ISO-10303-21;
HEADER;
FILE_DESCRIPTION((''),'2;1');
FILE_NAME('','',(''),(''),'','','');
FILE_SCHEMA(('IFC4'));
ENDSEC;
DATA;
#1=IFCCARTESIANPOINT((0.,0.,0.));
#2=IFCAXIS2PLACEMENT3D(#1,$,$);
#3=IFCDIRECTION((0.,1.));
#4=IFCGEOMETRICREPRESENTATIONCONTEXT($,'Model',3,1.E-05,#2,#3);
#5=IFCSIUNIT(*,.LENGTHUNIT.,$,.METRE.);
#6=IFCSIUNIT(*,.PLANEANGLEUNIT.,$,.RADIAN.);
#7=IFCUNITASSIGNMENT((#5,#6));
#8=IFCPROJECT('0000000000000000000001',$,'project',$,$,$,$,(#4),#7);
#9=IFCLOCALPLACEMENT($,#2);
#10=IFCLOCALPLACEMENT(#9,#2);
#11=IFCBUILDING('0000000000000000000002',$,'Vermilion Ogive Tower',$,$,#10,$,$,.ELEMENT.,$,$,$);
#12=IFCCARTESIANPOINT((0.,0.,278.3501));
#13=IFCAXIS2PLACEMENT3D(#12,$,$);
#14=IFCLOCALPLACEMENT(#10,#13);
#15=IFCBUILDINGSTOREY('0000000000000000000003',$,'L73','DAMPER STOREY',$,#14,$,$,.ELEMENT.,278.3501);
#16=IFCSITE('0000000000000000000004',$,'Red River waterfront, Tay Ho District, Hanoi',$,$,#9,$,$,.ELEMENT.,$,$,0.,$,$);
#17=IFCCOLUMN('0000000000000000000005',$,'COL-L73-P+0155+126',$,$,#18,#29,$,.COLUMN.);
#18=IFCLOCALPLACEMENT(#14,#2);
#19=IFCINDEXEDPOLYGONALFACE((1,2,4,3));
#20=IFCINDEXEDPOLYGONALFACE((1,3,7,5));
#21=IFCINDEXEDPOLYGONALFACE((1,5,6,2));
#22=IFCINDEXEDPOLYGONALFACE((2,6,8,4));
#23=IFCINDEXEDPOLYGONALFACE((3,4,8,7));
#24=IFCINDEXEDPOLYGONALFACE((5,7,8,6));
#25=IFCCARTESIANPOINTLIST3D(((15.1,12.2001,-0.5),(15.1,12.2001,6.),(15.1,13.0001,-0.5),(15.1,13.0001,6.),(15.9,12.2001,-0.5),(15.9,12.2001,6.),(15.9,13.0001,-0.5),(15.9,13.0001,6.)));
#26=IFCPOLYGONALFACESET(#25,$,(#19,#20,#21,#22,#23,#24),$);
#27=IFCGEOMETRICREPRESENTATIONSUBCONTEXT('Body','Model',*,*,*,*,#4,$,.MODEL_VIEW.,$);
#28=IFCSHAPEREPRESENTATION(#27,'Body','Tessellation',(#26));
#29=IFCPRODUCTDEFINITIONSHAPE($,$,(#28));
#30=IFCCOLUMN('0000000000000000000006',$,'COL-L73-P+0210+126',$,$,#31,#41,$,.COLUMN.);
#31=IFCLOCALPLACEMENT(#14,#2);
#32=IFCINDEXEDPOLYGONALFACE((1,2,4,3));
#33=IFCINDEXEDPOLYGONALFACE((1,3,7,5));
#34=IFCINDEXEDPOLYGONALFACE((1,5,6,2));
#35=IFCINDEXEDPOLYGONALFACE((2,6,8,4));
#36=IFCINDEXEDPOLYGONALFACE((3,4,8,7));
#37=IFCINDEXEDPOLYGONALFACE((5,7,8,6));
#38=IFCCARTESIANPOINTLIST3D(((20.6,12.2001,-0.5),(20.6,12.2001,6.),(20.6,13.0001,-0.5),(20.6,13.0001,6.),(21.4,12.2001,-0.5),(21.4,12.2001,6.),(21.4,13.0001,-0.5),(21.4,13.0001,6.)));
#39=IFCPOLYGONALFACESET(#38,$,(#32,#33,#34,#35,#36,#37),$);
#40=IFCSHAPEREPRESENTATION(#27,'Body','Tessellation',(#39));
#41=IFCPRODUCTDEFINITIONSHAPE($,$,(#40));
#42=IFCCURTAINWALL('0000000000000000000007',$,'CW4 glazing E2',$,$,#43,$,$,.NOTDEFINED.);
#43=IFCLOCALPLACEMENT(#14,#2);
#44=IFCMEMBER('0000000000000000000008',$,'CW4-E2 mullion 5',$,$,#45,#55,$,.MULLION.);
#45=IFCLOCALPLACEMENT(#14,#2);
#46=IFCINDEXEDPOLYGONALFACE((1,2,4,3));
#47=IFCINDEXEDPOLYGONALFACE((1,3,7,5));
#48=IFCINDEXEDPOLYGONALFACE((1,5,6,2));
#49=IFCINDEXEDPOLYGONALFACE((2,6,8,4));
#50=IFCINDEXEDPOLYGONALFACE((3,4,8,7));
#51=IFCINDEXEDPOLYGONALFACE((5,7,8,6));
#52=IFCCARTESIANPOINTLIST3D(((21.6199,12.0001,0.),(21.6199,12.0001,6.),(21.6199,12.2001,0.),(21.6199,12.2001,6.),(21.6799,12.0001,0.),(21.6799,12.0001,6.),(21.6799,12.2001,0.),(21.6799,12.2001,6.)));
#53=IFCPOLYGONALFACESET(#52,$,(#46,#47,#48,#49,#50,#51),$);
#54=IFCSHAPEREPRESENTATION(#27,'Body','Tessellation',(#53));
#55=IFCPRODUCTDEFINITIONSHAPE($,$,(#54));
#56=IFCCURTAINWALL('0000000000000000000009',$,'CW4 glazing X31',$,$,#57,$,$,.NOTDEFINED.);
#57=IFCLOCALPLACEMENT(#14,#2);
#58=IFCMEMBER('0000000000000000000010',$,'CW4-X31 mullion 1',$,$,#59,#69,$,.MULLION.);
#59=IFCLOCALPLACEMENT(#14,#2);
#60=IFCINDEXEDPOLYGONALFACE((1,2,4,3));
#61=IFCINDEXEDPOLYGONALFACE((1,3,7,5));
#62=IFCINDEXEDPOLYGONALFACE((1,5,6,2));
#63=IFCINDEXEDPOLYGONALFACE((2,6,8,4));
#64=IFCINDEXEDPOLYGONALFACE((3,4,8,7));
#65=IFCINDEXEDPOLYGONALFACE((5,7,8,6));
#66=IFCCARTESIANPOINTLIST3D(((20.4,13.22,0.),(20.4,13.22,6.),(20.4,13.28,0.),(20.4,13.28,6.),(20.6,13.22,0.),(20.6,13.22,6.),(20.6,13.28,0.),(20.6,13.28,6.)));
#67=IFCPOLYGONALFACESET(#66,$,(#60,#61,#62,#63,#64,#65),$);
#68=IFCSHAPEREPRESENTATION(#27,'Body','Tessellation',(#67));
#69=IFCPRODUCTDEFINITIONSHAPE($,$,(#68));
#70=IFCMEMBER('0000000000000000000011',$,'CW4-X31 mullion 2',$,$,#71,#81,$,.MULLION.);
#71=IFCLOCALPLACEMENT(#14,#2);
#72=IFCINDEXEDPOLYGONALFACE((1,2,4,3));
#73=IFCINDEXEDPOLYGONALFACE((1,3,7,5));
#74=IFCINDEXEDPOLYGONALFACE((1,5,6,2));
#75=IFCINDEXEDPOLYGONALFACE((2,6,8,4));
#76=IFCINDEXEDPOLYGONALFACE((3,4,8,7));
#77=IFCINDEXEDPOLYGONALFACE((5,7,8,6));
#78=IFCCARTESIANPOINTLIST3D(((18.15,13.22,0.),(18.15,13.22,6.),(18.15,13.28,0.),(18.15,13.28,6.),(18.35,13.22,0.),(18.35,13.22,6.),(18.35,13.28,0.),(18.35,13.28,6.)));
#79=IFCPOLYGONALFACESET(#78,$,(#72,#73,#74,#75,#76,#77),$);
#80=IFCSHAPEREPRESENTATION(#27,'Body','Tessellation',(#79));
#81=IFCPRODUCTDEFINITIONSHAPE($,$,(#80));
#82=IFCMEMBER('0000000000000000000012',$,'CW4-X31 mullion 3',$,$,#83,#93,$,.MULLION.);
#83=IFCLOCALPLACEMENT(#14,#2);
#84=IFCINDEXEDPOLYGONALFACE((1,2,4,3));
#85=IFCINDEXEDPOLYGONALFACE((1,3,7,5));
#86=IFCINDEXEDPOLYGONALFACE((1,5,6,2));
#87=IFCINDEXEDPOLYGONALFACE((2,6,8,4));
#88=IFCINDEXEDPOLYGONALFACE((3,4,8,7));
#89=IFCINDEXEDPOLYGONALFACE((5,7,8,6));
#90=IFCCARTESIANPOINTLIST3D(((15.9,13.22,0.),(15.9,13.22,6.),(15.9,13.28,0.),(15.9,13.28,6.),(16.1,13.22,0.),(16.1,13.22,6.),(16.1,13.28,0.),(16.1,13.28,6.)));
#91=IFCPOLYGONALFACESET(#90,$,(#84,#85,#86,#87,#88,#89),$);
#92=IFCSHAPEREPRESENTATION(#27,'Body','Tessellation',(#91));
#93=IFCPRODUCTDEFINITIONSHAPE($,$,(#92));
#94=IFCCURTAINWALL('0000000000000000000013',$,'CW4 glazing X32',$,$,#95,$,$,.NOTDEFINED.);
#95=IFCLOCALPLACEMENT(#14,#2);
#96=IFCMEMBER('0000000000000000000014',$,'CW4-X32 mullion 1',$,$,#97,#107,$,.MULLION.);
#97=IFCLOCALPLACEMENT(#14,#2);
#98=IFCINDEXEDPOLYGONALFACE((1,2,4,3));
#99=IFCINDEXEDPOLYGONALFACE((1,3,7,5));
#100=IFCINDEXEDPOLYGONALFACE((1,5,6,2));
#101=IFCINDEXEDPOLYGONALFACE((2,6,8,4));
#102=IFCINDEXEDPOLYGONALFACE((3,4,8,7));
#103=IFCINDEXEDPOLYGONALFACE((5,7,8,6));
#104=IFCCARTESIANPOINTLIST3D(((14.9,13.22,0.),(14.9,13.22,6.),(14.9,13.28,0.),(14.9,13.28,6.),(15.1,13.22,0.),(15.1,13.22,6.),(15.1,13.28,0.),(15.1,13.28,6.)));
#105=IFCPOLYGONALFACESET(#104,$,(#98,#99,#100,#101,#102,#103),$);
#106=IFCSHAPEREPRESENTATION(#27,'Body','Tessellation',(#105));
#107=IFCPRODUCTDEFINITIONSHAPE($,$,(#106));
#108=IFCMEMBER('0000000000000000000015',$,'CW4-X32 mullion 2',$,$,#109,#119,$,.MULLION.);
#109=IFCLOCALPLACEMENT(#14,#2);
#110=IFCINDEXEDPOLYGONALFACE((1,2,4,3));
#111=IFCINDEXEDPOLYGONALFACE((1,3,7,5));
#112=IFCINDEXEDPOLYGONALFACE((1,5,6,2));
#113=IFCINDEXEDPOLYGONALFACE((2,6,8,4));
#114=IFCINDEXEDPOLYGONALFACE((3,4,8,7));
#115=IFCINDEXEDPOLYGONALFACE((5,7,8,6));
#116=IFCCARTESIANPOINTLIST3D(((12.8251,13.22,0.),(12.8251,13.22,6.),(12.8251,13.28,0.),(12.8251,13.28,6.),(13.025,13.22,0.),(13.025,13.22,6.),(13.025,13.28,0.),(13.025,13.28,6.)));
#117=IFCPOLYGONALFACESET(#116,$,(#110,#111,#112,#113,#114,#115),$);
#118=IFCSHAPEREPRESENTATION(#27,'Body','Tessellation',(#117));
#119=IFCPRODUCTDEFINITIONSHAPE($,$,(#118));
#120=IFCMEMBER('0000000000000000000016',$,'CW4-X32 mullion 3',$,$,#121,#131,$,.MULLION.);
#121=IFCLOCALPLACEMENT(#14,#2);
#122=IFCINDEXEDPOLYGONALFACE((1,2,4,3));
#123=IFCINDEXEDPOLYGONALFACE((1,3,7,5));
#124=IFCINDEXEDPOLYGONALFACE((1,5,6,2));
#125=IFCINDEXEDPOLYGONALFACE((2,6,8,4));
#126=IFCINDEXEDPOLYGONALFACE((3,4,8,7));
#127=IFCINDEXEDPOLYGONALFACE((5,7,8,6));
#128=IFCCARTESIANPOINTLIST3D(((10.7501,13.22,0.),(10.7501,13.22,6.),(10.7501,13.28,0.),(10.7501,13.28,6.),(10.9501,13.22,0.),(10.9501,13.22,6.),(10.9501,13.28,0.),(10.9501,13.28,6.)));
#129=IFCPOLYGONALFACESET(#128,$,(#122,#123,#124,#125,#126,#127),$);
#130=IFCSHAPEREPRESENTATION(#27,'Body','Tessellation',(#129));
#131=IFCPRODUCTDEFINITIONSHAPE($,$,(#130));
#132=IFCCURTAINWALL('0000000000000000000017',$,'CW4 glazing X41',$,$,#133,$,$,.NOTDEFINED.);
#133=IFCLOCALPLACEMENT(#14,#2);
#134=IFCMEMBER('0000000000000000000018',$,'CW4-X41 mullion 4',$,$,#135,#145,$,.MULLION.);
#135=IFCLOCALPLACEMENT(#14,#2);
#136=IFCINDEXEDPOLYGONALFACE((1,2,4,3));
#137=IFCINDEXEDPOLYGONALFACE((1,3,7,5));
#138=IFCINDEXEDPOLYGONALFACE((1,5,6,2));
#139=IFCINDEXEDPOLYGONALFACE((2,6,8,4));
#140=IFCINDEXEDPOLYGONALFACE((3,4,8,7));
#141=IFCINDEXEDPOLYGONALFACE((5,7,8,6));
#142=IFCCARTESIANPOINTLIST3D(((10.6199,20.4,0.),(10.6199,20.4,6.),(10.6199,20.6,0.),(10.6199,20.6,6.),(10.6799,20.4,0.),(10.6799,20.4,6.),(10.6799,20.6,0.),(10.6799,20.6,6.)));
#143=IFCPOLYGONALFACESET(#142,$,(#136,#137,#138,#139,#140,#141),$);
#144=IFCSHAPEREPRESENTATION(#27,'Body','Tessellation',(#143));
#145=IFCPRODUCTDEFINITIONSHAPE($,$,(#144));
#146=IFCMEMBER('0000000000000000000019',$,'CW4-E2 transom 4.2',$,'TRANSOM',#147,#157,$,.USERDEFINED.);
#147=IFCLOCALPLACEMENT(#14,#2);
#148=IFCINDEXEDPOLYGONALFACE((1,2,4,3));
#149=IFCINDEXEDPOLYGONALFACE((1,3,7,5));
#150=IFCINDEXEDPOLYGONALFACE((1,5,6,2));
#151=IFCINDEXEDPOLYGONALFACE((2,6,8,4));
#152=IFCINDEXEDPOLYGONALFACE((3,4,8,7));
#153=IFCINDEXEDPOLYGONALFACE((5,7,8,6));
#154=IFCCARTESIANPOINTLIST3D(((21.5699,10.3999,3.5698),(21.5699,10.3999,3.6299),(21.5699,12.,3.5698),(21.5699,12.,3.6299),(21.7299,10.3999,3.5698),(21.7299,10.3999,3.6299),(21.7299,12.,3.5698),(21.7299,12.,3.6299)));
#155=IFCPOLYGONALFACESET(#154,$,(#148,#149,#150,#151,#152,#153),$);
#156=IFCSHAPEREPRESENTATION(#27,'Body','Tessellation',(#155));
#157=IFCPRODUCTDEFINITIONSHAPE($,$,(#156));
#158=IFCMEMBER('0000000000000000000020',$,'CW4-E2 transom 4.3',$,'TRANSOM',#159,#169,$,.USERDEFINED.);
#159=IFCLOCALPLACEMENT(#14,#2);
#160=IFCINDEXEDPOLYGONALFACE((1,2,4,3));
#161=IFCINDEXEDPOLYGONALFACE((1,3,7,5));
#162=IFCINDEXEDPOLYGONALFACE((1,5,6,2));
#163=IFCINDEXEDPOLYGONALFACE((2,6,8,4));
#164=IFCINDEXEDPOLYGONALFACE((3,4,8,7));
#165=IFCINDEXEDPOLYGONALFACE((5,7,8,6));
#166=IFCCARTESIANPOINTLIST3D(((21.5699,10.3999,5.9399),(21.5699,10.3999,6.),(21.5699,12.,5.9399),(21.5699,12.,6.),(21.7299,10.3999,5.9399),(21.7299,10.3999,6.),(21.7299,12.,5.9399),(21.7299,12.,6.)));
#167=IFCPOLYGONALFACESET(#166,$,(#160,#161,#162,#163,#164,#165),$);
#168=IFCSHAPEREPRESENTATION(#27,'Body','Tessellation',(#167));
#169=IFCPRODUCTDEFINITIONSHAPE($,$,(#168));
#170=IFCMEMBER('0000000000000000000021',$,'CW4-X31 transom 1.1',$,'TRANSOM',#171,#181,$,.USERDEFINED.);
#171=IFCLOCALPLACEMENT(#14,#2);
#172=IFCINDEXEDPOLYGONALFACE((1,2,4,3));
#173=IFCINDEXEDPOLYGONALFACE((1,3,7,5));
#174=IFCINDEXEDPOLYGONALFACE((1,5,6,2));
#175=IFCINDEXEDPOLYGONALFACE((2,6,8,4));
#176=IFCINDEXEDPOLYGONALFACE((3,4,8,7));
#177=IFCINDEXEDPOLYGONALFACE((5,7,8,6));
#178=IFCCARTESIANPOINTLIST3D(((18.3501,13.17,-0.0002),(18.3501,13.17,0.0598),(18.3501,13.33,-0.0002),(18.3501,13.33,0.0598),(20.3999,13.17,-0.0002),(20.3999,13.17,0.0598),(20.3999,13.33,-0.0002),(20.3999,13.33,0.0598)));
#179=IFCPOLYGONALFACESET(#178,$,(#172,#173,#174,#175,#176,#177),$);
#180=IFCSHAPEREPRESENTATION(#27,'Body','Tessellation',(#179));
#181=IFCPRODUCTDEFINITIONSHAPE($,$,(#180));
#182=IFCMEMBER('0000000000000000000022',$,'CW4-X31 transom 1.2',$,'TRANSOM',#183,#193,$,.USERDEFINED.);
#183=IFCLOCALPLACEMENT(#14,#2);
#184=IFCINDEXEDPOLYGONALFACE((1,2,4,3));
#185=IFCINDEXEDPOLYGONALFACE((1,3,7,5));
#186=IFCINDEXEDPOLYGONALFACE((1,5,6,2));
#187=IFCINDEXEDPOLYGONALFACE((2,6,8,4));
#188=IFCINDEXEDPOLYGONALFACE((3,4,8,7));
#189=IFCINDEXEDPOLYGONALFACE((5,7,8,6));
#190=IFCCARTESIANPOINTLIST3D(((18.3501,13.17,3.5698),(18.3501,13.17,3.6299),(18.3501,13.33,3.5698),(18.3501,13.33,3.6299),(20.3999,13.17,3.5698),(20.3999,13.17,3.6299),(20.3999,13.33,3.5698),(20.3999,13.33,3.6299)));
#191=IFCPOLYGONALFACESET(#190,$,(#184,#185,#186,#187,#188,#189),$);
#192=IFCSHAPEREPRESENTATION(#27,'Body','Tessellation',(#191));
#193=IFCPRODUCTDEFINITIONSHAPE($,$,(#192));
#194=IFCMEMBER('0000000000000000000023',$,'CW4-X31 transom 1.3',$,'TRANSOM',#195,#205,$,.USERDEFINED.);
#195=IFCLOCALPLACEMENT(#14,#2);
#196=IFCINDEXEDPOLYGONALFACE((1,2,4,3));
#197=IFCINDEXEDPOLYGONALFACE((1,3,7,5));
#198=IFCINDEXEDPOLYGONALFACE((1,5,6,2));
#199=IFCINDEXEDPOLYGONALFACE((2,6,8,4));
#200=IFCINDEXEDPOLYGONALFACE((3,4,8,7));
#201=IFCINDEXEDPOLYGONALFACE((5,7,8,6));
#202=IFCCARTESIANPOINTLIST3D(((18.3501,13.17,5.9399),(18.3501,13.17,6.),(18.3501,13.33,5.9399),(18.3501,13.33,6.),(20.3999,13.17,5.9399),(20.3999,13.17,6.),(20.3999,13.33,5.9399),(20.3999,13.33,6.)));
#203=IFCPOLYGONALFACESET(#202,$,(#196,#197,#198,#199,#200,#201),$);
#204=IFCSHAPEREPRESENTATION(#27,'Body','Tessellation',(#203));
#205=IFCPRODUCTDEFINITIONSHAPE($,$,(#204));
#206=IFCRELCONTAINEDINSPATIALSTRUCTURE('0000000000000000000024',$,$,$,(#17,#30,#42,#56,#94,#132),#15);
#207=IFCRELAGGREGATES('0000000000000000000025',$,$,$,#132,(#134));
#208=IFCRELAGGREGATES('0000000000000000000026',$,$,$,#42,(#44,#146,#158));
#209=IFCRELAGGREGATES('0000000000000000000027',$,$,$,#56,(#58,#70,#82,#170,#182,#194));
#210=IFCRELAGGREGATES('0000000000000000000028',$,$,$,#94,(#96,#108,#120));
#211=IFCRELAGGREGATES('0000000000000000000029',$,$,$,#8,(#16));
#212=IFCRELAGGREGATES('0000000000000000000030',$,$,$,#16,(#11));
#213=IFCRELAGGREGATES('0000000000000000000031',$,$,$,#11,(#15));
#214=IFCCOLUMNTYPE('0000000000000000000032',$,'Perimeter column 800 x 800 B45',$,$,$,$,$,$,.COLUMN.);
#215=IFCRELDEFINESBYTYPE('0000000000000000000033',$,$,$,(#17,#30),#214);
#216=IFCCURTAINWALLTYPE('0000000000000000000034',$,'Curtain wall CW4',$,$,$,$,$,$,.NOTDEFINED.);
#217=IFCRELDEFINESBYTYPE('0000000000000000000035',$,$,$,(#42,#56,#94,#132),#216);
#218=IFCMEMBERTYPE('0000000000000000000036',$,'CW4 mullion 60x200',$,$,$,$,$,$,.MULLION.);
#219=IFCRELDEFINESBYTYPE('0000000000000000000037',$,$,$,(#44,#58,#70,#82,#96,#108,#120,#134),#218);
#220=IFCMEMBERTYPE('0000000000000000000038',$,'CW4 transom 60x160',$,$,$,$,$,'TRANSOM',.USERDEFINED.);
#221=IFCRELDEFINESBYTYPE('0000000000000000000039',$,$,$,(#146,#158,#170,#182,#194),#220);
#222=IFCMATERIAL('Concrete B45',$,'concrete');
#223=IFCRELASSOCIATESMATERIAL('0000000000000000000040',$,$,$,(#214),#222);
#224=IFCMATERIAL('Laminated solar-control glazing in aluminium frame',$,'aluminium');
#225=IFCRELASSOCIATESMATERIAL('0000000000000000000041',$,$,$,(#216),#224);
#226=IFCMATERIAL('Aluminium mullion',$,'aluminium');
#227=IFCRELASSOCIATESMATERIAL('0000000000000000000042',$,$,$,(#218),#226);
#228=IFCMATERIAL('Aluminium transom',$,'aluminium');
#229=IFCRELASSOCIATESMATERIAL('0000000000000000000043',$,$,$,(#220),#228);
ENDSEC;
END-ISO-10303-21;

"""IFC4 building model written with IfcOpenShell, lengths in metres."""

from ifc_helpers import new_model, si_unit, direction, frame, origin, origin_2d, place, context, subcontext, project, spatial, rectangle, extrude, material, material_profile, profile_set, type_object, element, aggregate, save


model = new_model("IFC4")

# Units and contexts
model_context = context("Model", 3, precision=1e-05, world=origin(), true_north=direction((0.0, 1.0)))
body_context = subcontext(model_context, "Body", "Model", "MODEL_VIEW")
ifc_project = project(units=[si_unit("LENGTHUNIT", "METRE"), si_unit("PLANEANGLEUNIT", "RADIAN")], contexts=[model_context])

# Site, building, storey
site_placement = place(None, origin())
site = spatial("IfcSite", under=ifc_project, at=site_placement, Name="Red River waterfront, Tay Ho District, Hanoi", CompositionType="ELEMENT", RefElevation=0.0)
building_placement = place(site_placement, origin())
building = spatial("IfcBuilding", under=site, at=building_placement, Name="Vermilion Ogive Tower", CompositionType="ELEMENT")
storey_placement = place(building_placement, frame((0.0, 0.0, 278.3501)))
storey = spatial("IfcBuildingStorey", under=building, at=storey_placement, Name="L73", Description="DAMPER STOREY", CompositionType="ELEMENT", Elevation=278.3501)

# Columns
ifc_material_1 = material(Name="Concrete B45", Category="concrete")
ifc_material_profile_1 = material_profile(ifc_material_1, rectangle(XDim=0.8, YDim=0.8, at=origin_2d()), Name="800 x 800")
ifc_profile_set_1 = profile_set([ifc_material_profile_1], Name="Concrete B45")
column_type = type_object("IfcColumnType", Name="Perimeter column 800 x 800 B45", PredefinedType="COLUMN", material=ifc_profile_set_1)
for number, where, z_axis, x_axis, name in (
    (1, (15.5, 12.6001, -0.5), (0.0, 0.0, 1.0), (1.0, 0.0, 0.0), "COL-L73-P+0155+126"),
    (2, (21.0, 12.6001, -0.5), (0.0, 0.0, 1.0), (1.0, 0.0, 0.0), "COL-L73-P+0210+126"),
):
    element("IfcColumn", number, at=place(storey_placement, frame(where, z_axis=z_axis, x_axis=x_axis)), inside=storey, type_object=column_type, Name=name, PredefinedType="COLUMN", context=body_context, shape_type="SweptSolid", body=[
        extrude(rectangle(XDim=0.8, YDim=0.8, at=origin_2d()), origin(), (0.0, 0.0, 1.0), 6.5),
    ])

# Curtain wall, member
ifc_material_2 = material(Name="Laminated solar-control glazing in aluminium frame", Category="aluminium")
curtain_wall_type = type_object("IfcCurtainWallType", Name="Curtain wall CW4", PredefinedType="NOTDEFINED", material=ifc_material_2)
curtain_wall_1_placement = place(storey_placement, origin())
curtain_wall_1 = element("IfcCurtainWall", 3, at=curtain_wall_1_placement, inside=storey, type_object=curtain_wall_type, Name="CW4 glazing E2", PredefinedType="NOTDEFINED")
ifc_material_3 = material(Name="Aluminium mullion", Category="aluminium")
ifc_material_profile_2 = material_profile(ifc_material_3, rectangle(XDim=0.0601, YDim=0.2, at=origin_2d()), Name="AL 60x200")
ifc_profile_set_2 = profile_set([ifc_material_profile_2], Name="Aluminium mullion")
member_type_1 = type_object("IfcMemberType", Name="CW4 mullion 60x200", PredefinedType="MULLION", material=ifc_profile_set_2)
member_1_placement = place(storey_placement, frame((21.6499, 12.1001, 0.0), z_axis=(0.0, 0.0, 1.0), x_axis=(-1.0, 0.0, 0.0)))
member_1 = element("IfcMember", 4, at=member_1_placement, type_object=member_type_1, Name="CW4-E2 mullion 5", PredefinedType="MULLION", context=body_context, shape_type="SweptSolid", body=[
    extrude(rectangle(XDim=0.0601, YDim=0.2, at=origin_2d()), origin(), (0.0, 0.0, 1.0), 6.0),
])

# Curtain walls, members
curtain_wall_2_placement = place(storey_placement, origin())
curtain_wall_2 = element("IfcCurtainWall", 5, at=curtain_wall_2_placement, inside=storey, type_object=curtain_wall_type, Name="CW4 glazing X31", PredefinedType="NOTDEFINED")
member_2_placement = place(storey_placement, frame((20.5, 13.25, 0.0), z_axis=(0.0, 0.0, 1.0), x_axis=(0.0, -1.0, 0.0)))
member_2 = element("IfcMember", 6, at=member_2_placement, type_object=member_type_1, Name="CW4-X31 mullion 1", PredefinedType="MULLION", context=body_context, shape_type="SweptSolid", body=[
    extrude(rectangle(XDim=0.0601, YDim=0.2, at=origin_2d()), origin(), (0.0, 0.0, 1.0), 6.0),
])
member_3_placement = place(storey_placement, frame((18.25, 13.25, 0.0), z_axis=(0.0, 0.0, 1.0), x_axis=(0.0, -1.0, 0.0)))
member_3 = element("IfcMember", 7, at=member_3_placement, type_object=member_type_1, Name="CW4-X31 mullion 2", PredefinedType="MULLION", context=body_context, shape_type="SweptSolid", body=[
    extrude(rectangle(XDim=0.0601, YDim=0.2, at=origin_2d()), origin(), (0.0, 0.0, 1.0), 6.0),
])
member_4_placement = place(storey_placement, frame((16.0, 13.25, 0.0), z_axis=(0.0, 0.0, 1.0), x_axis=(0.0, -1.0, 0.0)))
member_4 = element("IfcMember", 8, at=member_4_placement, type_object=member_type_1, Name="CW4-X31 mullion 3", PredefinedType="MULLION", context=body_context, shape_type="SweptSolid", body=[
    extrude(rectangle(XDim=0.0601, YDim=0.2, at=origin_2d()), origin(), (0.0, 0.0, 1.0), 6.0),
])
curtain_wall_3_placement = place(storey_placement, origin())
curtain_wall_3 = element("IfcCurtainWall", 9, at=curtain_wall_3_placement, inside=storey, type_object=curtain_wall_type, Name="CW4 glazing X32", PredefinedType="NOTDEFINED")
member_5_placement = place(storey_placement, frame((15.0, 13.25, 0.0), z_axis=(0.0, 0.0, 1.0), x_axis=(0.0, -1.0, 0.0)))
member_5 = element("IfcMember", 10, at=member_5_placement, type_object=member_type_1, Name="CW4-X32 mullion 1", PredefinedType="MULLION", context=body_context, shape_type="SweptSolid", body=[
    extrude(rectangle(XDim=0.0601, YDim=0.2, at=origin_2d()), origin(), (0.0, 0.0, 1.0), 6.0),
])
member_6_placement = place(storey_placement, frame((12.925, 13.25, 0.0), z_axis=(0.0, 0.0, 1.0), x_axis=(0.0, -1.0, 0.0)))
member_6 = element("IfcMember", 11, at=member_6_placement, type_object=member_type_1, Name="CW4-X32 mullion 2", PredefinedType="MULLION", context=body_context, shape_type="SweptSolid", body=[
    extrude(rectangle(XDim=0.0601, YDim=0.2, at=origin_2d()), origin(), (0.0, 0.0, 1.0), 6.0),
])
member_7_placement = place(storey_placement, frame((10.8501, 13.25, 0.0), z_axis=(0.0, 0.0, 1.0), x_axis=(0.0, -1.0, 0.0)))
member_7 = element("IfcMember", 12, at=member_7_placement, type_object=member_type_1, Name="CW4-X32 mullion 3", PredefinedType="MULLION", context=body_context, shape_type="SweptSolid", body=[
    extrude(rectangle(XDim=0.0601, YDim=0.2, at=origin_2d()), origin(), (0.0, 0.0, 1.0), 6.0),
])

# Curtain wall, member
curtain_wall_4_placement = place(storey_placement, origin())
curtain_wall_4 = element("IfcCurtainWall", 13, at=curtain_wall_4_placement, inside=storey, type_object=curtain_wall_type, Name="CW4 glazing X41", PredefinedType="NOTDEFINED")
member_8_placement = place(storey_placement, frame((10.6499, 20.5, 0.0), z_axis=(0.0, 0.0, 1.0), x_axis=(-1.0, 0.0, 0.0)))
member_8 = element("IfcMember", 14, at=member_8_placement, type_object=member_type_1, Name="CW4-X41 mullion 4", PredefinedType="MULLION", context=body_context, shape_type="SweptSolid", body=[
    extrude(rectangle(XDim=0.0601, YDim=0.2, at=origin_2d()), origin(), (0.0, 0.0, 1.0), 6.0),
])
aggregate(curtain_wall_4, [member_8])

# Members
ifc_material_4 = material(Name="Aluminium transom", Category="aluminium")
ifc_material_profile_3 = material_profile(ifc_material_4, rectangle(XDim=0.1599, YDim=0.0601, at=origin_2d()), Name="AL 60x160")
ifc_profile_set_3 = profile_set([ifc_material_profile_3], Name="Aluminium transom")
member_type_2 = type_object("IfcMemberType", Name="CW4 transom 60x160", ElementType="TRANSOM", PredefinedType="USERDEFINED", material=ifc_profile_set_3)
member_9_placement = place(storey_placement, frame((21.6499, 10.3999, 3.5999), z_axis=(0.0, 1.0, 0.0), x_axis=(-1.0, 0.0, 0.0)))
member_9 = element("IfcMember", 15, at=member_9_placement, type_object=member_type_2, Name="CW4-E2 transom 4.2", ObjectType="TRANSOM", PredefinedType="USERDEFINED", context=body_context, shape_type="SweptSolid", body=[
    extrude(rectangle(XDim=0.1599, YDim=0.0601, at=origin_2d()), origin(), (0.0, 0.0, 1.0), 1.6001),
])
member_10_placement = place(storey_placement, frame((21.6499, 10.3999, 5.97), z_axis=(0.0, 1.0, 0.0), x_axis=(-1.0, 0.0, 0.0)))
member_10 = element("IfcMember", 16, at=member_10_placement, type_object=member_type_2, Name="CW4-E2 transom 4.3", ObjectType="TRANSOM", PredefinedType="USERDEFINED", context=body_context, shape_type="SweptSolid", body=[
    extrude(rectangle(XDim=0.1599, YDim=0.0601, at=origin_2d()), origin(), (0.0, 0.0, 1.0), 1.6001),
])
member_11_placement = place(storey_placement, frame((20.3999, 13.25, 0.0298), z_axis=(-1.0, 0.0, 0.0), x_axis=(0.0, -1.0, 0.0)))
member_11 = element("IfcMember", 17, at=member_11_placement, type_object=member_type_2, Name="CW4-X31 transom 1.1", ObjectType="TRANSOM", PredefinedType="USERDEFINED", context=body_context, shape_type="SweptSolid", body=[
    extrude(rectangle(XDim=0.1599, YDim=0.0601, at=origin_2d()), origin(), (0.0, 0.0, 1.0), 2.0498),
])
member_12_placement = place(storey_placement, frame((20.3999, 13.25, 3.5999), z_axis=(-1.0, 0.0, 0.0), x_axis=(0.0, -1.0, 0.0)))
member_12 = element("IfcMember", 18, at=member_12_placement, type_object=member_type_2, Name="CW4-X31 transom 1.2", ObjectType="TRANSOM", PredefinedType="USERDEFINED", context=body_context, shape_type="SweptSolid", body=[
    extrude(rectangle(XDim=0.1599, YDim=0.0601, at=origin_2d()), origin(), (0.0, 0.0, 1.0), 2.0498),
])
member_13_placement = place(storey_placement, frame((20.3999, 13.25, 5.97), z_axis=(-1.0, 0.0, 0.0), x_axis=(0.0, -1.0, 0.0)))
member_13 = element("IfcMember", 19, at=member_13_placement, type_object=member_type_2, Name="CW4-X31 transom 1.3", ObjectType="TRANSOM", PredefinedType="USERDEFINED", context=body_context, shape_type="SweptSolid", body=[
    extrude(rectangle(XDim=0.1599, YDim=0.0601, at=origin_2d()), origin(), (0.0, 0.0, 1.0), 2.0498),
])

aggregate(curtain_wall_1, [member_1, member_9, member_10])
aggregate(curtain_wall_2, [member_2, member_3, member_4, member_11, member_12, member_13])
aggregate(curtain_wall_3, [member_5, member_6, member_7])

save(model, "model.ifc")
